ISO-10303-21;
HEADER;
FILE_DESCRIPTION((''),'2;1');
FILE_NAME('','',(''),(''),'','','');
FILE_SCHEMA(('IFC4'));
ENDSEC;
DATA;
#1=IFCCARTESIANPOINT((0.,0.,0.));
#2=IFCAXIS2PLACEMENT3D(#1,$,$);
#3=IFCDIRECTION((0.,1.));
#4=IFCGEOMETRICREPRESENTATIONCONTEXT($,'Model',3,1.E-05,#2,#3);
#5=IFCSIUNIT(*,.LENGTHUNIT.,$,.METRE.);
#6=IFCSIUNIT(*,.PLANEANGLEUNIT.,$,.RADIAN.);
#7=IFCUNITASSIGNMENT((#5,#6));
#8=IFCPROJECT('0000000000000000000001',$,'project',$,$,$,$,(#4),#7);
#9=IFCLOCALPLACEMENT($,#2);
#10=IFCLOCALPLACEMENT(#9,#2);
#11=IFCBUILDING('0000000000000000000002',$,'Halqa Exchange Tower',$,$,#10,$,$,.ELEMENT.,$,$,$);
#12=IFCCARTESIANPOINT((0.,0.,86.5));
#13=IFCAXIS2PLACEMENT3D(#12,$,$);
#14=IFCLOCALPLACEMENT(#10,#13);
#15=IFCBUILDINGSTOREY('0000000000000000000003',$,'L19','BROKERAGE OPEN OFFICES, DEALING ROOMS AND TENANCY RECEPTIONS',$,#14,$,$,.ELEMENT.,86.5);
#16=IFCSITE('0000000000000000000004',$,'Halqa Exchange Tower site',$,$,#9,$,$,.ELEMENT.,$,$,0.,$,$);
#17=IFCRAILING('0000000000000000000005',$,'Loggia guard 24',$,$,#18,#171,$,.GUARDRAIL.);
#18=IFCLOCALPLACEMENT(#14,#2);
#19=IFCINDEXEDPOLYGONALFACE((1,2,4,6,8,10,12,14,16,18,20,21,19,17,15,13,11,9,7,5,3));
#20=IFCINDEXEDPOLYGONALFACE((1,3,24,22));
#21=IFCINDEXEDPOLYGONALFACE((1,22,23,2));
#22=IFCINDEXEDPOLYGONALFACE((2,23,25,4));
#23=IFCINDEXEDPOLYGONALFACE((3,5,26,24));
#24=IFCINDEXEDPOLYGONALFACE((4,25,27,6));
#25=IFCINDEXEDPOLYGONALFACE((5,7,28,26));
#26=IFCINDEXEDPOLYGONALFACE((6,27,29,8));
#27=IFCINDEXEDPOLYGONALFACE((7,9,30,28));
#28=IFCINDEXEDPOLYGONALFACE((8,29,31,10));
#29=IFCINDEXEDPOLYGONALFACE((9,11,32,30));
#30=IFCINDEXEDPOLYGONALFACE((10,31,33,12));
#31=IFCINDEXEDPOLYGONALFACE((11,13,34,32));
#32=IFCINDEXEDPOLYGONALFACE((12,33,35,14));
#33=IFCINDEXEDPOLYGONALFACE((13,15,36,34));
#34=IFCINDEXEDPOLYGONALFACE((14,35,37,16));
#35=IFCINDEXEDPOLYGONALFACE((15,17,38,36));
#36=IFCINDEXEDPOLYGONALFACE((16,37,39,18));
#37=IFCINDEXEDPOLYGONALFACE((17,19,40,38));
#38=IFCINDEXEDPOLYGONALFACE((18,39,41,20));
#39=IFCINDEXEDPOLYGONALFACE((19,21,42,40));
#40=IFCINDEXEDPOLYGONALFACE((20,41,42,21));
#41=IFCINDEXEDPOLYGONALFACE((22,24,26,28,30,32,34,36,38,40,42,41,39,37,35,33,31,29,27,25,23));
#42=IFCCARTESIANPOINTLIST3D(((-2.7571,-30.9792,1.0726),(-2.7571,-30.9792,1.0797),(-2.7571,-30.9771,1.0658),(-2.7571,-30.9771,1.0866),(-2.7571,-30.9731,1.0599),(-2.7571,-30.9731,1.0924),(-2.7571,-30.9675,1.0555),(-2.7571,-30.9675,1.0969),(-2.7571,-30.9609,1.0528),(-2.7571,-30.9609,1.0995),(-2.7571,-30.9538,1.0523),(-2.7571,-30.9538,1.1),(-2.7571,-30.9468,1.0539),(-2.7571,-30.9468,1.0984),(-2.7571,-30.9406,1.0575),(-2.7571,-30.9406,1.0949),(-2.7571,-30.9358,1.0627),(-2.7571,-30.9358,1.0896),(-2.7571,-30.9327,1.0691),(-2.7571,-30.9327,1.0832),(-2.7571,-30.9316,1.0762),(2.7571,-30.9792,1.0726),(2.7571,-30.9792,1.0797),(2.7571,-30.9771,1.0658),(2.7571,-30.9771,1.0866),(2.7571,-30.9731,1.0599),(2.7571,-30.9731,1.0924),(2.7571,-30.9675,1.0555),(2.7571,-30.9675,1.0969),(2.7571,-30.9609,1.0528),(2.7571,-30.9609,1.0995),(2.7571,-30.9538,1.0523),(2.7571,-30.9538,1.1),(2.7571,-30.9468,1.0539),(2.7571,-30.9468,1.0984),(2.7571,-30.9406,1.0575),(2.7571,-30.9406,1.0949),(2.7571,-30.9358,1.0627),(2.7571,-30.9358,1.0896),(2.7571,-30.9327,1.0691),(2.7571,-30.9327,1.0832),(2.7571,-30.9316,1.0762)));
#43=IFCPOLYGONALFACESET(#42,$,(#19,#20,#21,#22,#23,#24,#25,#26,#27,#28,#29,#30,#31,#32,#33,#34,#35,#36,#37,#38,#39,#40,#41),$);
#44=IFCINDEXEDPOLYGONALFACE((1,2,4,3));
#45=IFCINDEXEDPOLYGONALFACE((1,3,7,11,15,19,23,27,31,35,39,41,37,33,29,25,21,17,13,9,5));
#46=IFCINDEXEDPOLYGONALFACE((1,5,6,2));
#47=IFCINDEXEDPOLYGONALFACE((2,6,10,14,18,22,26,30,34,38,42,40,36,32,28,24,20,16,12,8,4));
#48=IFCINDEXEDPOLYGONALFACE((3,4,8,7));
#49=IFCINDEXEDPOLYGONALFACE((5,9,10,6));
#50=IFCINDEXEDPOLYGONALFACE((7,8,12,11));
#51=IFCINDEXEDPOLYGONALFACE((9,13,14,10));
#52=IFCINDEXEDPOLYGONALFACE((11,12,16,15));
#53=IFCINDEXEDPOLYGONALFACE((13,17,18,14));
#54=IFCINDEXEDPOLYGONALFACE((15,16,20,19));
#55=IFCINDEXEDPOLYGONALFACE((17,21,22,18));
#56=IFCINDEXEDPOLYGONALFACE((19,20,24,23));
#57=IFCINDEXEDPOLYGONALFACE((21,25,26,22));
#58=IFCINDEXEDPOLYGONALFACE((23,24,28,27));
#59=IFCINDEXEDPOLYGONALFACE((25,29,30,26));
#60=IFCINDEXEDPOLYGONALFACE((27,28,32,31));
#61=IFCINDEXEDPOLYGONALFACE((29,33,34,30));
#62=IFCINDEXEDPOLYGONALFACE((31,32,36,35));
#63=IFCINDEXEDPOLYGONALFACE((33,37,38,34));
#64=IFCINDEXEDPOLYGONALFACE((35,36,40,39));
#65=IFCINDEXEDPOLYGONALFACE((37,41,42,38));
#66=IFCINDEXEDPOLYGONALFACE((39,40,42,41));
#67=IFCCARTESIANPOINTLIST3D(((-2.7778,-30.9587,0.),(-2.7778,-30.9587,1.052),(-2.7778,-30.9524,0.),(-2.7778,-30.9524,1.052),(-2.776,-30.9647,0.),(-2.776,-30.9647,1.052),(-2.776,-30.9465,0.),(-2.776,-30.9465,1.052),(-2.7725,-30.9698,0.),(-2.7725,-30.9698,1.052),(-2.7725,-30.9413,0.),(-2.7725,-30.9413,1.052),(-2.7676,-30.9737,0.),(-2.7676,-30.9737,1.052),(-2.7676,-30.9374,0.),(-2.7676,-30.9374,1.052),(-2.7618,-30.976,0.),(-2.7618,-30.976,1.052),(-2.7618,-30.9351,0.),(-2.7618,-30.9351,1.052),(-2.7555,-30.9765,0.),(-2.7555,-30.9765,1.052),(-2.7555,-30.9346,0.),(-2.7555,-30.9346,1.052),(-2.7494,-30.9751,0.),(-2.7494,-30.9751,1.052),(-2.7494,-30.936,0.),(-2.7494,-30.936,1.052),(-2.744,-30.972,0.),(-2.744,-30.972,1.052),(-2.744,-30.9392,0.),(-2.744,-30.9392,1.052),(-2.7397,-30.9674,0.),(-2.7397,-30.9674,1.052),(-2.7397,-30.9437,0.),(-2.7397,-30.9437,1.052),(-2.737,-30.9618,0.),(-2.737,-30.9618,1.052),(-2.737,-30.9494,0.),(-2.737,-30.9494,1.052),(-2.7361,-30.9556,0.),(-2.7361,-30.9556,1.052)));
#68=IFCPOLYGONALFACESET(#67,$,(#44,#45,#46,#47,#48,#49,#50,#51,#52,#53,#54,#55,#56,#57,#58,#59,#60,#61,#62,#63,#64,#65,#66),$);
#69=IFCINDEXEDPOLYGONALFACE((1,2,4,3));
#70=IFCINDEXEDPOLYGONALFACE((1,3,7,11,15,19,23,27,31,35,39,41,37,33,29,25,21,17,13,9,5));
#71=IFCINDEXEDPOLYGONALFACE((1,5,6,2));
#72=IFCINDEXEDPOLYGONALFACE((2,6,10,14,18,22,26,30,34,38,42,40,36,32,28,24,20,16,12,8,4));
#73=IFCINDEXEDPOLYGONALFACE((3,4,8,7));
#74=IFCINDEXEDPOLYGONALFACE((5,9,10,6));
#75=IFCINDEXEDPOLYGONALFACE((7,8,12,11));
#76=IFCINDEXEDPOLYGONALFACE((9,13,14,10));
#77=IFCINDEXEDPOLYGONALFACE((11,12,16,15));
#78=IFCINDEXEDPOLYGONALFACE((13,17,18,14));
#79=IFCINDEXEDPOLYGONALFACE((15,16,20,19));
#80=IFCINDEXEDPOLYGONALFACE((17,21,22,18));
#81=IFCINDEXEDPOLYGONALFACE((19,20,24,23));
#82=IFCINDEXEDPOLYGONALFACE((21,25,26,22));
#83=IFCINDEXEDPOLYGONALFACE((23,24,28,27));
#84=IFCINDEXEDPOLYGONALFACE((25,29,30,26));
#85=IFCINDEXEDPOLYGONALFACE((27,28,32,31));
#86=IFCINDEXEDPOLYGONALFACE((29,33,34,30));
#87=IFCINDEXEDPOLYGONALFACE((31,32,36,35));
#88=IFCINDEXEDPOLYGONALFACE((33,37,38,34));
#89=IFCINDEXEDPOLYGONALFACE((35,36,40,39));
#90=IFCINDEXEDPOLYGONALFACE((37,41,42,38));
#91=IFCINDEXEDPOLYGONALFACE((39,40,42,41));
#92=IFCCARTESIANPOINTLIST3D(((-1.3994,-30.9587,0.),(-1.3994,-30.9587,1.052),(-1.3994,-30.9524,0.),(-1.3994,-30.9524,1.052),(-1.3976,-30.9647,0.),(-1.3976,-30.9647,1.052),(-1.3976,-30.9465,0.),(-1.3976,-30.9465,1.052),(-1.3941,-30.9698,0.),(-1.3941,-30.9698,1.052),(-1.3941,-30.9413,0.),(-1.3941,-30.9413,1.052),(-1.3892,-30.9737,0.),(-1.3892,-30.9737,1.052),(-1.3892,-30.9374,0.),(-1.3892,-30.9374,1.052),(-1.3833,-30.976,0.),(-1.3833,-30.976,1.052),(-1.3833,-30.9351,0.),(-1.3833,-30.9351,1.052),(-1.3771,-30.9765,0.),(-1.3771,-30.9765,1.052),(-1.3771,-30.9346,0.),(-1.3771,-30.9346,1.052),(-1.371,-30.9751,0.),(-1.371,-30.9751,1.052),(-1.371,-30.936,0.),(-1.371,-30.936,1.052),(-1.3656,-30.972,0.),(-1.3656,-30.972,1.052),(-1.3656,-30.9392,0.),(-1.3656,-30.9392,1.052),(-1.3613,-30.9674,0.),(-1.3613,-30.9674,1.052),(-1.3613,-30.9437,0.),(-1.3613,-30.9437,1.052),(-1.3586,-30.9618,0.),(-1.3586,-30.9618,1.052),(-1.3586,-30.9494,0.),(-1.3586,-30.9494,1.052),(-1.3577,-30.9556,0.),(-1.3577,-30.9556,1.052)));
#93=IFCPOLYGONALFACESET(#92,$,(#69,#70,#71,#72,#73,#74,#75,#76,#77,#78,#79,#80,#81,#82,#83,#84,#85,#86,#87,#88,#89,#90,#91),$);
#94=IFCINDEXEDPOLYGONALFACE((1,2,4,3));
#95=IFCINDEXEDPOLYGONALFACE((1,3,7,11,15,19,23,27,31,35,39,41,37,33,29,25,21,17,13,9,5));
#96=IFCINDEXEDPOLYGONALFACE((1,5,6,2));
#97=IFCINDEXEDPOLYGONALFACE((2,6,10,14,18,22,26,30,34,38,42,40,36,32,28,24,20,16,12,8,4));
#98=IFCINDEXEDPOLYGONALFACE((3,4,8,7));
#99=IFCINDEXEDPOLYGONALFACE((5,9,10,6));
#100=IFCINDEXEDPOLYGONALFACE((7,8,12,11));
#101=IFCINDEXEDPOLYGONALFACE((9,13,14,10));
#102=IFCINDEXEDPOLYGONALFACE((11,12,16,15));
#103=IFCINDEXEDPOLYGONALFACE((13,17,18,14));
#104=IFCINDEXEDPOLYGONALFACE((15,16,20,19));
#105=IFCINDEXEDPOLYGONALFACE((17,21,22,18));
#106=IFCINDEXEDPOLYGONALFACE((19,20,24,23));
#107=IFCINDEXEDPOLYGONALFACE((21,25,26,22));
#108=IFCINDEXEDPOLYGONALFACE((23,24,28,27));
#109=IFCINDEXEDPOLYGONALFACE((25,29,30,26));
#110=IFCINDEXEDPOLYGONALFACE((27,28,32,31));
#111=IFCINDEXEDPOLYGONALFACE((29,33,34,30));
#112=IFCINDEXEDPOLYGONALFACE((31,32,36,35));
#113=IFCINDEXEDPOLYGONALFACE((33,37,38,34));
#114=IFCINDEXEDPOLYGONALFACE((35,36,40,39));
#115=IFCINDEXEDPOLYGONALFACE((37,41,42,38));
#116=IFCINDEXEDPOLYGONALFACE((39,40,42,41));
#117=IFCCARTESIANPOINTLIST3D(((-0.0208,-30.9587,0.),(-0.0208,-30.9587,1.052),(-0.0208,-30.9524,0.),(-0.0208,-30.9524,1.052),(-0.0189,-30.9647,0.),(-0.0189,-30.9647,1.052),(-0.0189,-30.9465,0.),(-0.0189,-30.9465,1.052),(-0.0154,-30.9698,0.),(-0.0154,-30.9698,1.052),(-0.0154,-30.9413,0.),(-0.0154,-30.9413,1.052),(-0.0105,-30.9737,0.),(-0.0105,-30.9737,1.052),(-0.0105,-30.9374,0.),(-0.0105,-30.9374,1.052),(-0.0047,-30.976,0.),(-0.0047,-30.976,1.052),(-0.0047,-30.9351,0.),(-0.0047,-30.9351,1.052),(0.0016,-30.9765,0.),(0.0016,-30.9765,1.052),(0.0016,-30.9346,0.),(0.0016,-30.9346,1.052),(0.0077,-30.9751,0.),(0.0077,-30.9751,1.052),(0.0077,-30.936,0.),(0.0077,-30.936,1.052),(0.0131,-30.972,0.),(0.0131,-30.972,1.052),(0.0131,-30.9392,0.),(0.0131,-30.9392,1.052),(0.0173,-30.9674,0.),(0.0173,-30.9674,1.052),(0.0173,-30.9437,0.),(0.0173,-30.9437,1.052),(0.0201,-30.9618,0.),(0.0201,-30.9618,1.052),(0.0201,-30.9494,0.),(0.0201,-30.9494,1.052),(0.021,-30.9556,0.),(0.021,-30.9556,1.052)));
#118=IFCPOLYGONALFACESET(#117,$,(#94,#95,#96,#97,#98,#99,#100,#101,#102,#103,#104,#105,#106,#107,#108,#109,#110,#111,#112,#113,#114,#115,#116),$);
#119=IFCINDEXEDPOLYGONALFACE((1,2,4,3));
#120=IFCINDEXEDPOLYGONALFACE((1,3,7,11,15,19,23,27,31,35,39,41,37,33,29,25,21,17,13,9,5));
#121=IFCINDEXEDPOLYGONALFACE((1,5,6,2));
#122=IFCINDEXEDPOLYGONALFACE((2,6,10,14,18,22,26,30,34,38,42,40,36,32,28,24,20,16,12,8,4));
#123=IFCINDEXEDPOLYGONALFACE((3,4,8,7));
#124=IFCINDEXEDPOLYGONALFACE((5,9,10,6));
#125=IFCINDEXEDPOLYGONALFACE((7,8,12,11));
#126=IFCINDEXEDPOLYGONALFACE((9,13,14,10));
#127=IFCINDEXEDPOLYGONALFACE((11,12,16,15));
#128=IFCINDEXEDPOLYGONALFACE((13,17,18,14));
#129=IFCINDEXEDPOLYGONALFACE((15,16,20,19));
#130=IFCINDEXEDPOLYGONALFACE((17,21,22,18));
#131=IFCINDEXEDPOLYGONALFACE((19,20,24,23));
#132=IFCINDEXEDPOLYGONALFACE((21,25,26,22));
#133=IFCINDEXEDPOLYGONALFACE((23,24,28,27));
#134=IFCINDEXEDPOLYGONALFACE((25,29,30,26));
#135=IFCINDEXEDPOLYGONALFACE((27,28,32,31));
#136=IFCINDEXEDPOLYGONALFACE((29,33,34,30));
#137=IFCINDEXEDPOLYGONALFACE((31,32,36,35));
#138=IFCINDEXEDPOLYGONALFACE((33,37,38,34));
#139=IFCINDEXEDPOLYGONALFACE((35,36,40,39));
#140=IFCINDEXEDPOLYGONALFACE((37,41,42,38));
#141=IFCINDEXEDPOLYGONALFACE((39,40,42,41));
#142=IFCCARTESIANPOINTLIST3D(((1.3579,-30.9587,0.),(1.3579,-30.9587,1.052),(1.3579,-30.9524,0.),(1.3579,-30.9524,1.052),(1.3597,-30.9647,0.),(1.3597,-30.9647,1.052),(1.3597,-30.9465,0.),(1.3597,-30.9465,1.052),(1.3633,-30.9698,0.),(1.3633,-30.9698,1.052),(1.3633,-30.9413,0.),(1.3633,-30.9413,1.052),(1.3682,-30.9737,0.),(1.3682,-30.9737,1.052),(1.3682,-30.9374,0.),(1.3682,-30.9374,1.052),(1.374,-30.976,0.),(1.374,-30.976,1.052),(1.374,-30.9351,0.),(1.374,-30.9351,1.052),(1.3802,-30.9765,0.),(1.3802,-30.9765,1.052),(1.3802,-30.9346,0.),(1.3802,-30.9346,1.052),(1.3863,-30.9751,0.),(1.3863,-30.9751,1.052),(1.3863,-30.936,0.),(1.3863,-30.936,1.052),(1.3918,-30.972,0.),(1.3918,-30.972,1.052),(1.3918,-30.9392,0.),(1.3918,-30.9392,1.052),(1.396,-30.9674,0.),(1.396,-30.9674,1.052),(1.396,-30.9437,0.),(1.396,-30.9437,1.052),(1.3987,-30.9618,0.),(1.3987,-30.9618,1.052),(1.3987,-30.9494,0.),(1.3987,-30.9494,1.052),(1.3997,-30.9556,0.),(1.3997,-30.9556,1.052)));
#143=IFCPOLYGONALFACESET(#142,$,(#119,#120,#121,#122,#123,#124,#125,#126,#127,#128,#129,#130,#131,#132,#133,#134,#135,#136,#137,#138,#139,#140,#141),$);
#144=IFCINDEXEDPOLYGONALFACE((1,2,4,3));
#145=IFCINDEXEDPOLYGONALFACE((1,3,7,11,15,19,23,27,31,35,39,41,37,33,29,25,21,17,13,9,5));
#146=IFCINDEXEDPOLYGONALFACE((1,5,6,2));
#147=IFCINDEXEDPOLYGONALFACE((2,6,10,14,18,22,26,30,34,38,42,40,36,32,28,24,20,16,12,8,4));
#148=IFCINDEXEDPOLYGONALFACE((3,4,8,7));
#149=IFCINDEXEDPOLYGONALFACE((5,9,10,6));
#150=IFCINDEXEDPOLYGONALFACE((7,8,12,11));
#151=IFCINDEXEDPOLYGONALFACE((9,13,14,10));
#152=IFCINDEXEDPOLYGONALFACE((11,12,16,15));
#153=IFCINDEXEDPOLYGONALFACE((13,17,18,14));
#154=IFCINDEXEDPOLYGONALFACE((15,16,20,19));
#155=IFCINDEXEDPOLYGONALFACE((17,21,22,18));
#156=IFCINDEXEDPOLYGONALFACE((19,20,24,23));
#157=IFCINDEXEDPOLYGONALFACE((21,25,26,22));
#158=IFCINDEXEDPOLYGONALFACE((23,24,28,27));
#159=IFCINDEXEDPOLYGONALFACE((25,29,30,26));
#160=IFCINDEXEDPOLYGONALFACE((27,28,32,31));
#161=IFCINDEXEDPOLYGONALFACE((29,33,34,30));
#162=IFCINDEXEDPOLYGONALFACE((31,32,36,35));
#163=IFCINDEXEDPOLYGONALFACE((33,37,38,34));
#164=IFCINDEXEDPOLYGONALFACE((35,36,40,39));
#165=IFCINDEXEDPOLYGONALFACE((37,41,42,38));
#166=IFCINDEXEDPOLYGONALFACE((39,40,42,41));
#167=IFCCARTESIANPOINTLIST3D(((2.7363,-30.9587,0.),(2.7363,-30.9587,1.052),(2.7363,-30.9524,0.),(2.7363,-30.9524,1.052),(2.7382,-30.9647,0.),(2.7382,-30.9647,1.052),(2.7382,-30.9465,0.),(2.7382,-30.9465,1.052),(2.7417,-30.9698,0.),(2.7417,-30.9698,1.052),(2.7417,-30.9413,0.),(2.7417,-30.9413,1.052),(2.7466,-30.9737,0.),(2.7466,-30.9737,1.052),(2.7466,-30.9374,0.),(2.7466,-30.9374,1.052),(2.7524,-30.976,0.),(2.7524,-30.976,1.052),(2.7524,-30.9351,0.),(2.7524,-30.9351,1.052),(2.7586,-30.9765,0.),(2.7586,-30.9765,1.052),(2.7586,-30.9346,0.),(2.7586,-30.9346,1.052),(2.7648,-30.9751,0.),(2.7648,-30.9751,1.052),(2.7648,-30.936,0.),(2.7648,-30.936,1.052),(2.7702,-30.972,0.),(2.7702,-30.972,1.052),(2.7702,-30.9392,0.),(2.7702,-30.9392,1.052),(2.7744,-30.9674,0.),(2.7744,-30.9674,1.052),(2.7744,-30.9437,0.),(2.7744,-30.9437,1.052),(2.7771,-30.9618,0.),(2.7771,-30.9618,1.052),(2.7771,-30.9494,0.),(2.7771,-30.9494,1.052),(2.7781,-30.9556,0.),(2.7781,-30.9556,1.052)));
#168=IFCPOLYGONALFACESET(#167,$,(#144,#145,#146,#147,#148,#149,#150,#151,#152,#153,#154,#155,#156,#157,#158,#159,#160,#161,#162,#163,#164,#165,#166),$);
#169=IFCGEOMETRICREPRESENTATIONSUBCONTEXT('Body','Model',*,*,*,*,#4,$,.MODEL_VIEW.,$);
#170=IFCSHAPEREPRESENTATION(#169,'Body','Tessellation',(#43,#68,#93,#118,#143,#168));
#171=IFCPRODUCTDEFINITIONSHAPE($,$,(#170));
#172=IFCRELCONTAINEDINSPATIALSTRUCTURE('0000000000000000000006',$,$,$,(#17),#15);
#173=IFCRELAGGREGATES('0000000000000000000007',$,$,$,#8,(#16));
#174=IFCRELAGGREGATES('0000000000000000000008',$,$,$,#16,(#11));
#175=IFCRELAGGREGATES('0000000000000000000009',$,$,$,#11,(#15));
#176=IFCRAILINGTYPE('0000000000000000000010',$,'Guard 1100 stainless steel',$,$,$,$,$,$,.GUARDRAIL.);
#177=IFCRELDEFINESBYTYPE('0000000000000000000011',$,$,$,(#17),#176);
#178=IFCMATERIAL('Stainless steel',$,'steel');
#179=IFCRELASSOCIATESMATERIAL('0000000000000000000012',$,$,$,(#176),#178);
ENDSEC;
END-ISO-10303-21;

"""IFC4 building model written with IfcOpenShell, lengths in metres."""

from ifc_helpers import new_model, si_unit, direction, frame, origin, origin_2d, place, context, subcontext, project, spatial, circle, extrude, material, type_object, element, save


model = new_model("IFC4")

# Units and contexts
model_context = context("Model", 3, precision=1e-05, world=origin(), true_north=direction((0.0, 1.0)))
body_context = subcontext(model_context, "Body", "Model", "MODEL_VIEW")
ifc_project = project(units=[si_unit("LENGTHUNIT", "METRE"), si_unit("PLANEANGLEUNIT", "RADIAN")], contexts=[model_context])

# Site, building, storey
site_placement = place(None, origin())
site = spatial("IfcSite", under=ifc_project, at=site_placement, Name="Halqa Exchange Tower site", CompositionType="ELEMENT", RefElevation=0.0)
building_placement = place(site_placement, origin())
building = spatial("IfcBuilding", under=site, at=building_placement, Name="Halqa Exchange Tower", CompositionType="ELEMENT")
storey_placement = place(building_placement, frame((0.0, 0.0, 86.5)))
storey = spatial("IfcBuildingStorey", under=building, at=storey_placement, Name="L19", Description="BROKERAGE OPEN OFFICES, DEALING ROOMS AND TENANCY RECEPTIONS", CompositionType="ELEMENT", Elevation=86.5)

# Railing
ifc_material_1 = material(Name="Stainless steel", Category="steel")
railing_type = type_object("IfcRailingType", Name="Guard 1100 stainless steel", PredefinedType="GUARDRAIL", material=ifc_material_1)
railing_1_placement = place(storey_placement, frame((-2.7571, -30.9556, 0.0)))
element("IfcRailing", 1, at=railing_1_placement, inside=storey, type_object=railing_type, Name="Loggia guard 24", PredefinedType="GUARDRAIL", context=body_context, shape_type="SweptSolid", body=[
    extrude(circle(Radius=0.0239, at=origin_2d()), frame((0.0, 0.0, 1.0762), z_axis=(1.0, 0.0, 0.0), x_axis=(0.0, 1.0, 0.0)), (0.0, 0.0, 1.0), 5.5142),
    extrude(circle(Radius=0.021, at=origin_2d()), origin(), (0.0, 0.0, 1.0), 1.052),
    extrude(circle(Radius=0.021, at=origin_2d()), frame((1.3784, 0.0, 0.0)), (0.0, 0.0, 1.0), 1.052),
    extrude(circle(Radius=0.021, at=origin_2d()), frame((2.7571, 0.0, 0.0)), (0.0, 0.0, 1.0), 1.052),
    extrude(circle(Radius=0.021, at=origin_2d()), frame((4.1357, 0.0, 0.0)), (0.0, 0.0, 1.0), 1.052),
    extrude(circle(Radius=0.021, at=origin_2d()), frame((5.5142, 0.0, 0.0)), (0.0, 0.0, 1.0), 1.052),
])

save(model, "model.ifc")
